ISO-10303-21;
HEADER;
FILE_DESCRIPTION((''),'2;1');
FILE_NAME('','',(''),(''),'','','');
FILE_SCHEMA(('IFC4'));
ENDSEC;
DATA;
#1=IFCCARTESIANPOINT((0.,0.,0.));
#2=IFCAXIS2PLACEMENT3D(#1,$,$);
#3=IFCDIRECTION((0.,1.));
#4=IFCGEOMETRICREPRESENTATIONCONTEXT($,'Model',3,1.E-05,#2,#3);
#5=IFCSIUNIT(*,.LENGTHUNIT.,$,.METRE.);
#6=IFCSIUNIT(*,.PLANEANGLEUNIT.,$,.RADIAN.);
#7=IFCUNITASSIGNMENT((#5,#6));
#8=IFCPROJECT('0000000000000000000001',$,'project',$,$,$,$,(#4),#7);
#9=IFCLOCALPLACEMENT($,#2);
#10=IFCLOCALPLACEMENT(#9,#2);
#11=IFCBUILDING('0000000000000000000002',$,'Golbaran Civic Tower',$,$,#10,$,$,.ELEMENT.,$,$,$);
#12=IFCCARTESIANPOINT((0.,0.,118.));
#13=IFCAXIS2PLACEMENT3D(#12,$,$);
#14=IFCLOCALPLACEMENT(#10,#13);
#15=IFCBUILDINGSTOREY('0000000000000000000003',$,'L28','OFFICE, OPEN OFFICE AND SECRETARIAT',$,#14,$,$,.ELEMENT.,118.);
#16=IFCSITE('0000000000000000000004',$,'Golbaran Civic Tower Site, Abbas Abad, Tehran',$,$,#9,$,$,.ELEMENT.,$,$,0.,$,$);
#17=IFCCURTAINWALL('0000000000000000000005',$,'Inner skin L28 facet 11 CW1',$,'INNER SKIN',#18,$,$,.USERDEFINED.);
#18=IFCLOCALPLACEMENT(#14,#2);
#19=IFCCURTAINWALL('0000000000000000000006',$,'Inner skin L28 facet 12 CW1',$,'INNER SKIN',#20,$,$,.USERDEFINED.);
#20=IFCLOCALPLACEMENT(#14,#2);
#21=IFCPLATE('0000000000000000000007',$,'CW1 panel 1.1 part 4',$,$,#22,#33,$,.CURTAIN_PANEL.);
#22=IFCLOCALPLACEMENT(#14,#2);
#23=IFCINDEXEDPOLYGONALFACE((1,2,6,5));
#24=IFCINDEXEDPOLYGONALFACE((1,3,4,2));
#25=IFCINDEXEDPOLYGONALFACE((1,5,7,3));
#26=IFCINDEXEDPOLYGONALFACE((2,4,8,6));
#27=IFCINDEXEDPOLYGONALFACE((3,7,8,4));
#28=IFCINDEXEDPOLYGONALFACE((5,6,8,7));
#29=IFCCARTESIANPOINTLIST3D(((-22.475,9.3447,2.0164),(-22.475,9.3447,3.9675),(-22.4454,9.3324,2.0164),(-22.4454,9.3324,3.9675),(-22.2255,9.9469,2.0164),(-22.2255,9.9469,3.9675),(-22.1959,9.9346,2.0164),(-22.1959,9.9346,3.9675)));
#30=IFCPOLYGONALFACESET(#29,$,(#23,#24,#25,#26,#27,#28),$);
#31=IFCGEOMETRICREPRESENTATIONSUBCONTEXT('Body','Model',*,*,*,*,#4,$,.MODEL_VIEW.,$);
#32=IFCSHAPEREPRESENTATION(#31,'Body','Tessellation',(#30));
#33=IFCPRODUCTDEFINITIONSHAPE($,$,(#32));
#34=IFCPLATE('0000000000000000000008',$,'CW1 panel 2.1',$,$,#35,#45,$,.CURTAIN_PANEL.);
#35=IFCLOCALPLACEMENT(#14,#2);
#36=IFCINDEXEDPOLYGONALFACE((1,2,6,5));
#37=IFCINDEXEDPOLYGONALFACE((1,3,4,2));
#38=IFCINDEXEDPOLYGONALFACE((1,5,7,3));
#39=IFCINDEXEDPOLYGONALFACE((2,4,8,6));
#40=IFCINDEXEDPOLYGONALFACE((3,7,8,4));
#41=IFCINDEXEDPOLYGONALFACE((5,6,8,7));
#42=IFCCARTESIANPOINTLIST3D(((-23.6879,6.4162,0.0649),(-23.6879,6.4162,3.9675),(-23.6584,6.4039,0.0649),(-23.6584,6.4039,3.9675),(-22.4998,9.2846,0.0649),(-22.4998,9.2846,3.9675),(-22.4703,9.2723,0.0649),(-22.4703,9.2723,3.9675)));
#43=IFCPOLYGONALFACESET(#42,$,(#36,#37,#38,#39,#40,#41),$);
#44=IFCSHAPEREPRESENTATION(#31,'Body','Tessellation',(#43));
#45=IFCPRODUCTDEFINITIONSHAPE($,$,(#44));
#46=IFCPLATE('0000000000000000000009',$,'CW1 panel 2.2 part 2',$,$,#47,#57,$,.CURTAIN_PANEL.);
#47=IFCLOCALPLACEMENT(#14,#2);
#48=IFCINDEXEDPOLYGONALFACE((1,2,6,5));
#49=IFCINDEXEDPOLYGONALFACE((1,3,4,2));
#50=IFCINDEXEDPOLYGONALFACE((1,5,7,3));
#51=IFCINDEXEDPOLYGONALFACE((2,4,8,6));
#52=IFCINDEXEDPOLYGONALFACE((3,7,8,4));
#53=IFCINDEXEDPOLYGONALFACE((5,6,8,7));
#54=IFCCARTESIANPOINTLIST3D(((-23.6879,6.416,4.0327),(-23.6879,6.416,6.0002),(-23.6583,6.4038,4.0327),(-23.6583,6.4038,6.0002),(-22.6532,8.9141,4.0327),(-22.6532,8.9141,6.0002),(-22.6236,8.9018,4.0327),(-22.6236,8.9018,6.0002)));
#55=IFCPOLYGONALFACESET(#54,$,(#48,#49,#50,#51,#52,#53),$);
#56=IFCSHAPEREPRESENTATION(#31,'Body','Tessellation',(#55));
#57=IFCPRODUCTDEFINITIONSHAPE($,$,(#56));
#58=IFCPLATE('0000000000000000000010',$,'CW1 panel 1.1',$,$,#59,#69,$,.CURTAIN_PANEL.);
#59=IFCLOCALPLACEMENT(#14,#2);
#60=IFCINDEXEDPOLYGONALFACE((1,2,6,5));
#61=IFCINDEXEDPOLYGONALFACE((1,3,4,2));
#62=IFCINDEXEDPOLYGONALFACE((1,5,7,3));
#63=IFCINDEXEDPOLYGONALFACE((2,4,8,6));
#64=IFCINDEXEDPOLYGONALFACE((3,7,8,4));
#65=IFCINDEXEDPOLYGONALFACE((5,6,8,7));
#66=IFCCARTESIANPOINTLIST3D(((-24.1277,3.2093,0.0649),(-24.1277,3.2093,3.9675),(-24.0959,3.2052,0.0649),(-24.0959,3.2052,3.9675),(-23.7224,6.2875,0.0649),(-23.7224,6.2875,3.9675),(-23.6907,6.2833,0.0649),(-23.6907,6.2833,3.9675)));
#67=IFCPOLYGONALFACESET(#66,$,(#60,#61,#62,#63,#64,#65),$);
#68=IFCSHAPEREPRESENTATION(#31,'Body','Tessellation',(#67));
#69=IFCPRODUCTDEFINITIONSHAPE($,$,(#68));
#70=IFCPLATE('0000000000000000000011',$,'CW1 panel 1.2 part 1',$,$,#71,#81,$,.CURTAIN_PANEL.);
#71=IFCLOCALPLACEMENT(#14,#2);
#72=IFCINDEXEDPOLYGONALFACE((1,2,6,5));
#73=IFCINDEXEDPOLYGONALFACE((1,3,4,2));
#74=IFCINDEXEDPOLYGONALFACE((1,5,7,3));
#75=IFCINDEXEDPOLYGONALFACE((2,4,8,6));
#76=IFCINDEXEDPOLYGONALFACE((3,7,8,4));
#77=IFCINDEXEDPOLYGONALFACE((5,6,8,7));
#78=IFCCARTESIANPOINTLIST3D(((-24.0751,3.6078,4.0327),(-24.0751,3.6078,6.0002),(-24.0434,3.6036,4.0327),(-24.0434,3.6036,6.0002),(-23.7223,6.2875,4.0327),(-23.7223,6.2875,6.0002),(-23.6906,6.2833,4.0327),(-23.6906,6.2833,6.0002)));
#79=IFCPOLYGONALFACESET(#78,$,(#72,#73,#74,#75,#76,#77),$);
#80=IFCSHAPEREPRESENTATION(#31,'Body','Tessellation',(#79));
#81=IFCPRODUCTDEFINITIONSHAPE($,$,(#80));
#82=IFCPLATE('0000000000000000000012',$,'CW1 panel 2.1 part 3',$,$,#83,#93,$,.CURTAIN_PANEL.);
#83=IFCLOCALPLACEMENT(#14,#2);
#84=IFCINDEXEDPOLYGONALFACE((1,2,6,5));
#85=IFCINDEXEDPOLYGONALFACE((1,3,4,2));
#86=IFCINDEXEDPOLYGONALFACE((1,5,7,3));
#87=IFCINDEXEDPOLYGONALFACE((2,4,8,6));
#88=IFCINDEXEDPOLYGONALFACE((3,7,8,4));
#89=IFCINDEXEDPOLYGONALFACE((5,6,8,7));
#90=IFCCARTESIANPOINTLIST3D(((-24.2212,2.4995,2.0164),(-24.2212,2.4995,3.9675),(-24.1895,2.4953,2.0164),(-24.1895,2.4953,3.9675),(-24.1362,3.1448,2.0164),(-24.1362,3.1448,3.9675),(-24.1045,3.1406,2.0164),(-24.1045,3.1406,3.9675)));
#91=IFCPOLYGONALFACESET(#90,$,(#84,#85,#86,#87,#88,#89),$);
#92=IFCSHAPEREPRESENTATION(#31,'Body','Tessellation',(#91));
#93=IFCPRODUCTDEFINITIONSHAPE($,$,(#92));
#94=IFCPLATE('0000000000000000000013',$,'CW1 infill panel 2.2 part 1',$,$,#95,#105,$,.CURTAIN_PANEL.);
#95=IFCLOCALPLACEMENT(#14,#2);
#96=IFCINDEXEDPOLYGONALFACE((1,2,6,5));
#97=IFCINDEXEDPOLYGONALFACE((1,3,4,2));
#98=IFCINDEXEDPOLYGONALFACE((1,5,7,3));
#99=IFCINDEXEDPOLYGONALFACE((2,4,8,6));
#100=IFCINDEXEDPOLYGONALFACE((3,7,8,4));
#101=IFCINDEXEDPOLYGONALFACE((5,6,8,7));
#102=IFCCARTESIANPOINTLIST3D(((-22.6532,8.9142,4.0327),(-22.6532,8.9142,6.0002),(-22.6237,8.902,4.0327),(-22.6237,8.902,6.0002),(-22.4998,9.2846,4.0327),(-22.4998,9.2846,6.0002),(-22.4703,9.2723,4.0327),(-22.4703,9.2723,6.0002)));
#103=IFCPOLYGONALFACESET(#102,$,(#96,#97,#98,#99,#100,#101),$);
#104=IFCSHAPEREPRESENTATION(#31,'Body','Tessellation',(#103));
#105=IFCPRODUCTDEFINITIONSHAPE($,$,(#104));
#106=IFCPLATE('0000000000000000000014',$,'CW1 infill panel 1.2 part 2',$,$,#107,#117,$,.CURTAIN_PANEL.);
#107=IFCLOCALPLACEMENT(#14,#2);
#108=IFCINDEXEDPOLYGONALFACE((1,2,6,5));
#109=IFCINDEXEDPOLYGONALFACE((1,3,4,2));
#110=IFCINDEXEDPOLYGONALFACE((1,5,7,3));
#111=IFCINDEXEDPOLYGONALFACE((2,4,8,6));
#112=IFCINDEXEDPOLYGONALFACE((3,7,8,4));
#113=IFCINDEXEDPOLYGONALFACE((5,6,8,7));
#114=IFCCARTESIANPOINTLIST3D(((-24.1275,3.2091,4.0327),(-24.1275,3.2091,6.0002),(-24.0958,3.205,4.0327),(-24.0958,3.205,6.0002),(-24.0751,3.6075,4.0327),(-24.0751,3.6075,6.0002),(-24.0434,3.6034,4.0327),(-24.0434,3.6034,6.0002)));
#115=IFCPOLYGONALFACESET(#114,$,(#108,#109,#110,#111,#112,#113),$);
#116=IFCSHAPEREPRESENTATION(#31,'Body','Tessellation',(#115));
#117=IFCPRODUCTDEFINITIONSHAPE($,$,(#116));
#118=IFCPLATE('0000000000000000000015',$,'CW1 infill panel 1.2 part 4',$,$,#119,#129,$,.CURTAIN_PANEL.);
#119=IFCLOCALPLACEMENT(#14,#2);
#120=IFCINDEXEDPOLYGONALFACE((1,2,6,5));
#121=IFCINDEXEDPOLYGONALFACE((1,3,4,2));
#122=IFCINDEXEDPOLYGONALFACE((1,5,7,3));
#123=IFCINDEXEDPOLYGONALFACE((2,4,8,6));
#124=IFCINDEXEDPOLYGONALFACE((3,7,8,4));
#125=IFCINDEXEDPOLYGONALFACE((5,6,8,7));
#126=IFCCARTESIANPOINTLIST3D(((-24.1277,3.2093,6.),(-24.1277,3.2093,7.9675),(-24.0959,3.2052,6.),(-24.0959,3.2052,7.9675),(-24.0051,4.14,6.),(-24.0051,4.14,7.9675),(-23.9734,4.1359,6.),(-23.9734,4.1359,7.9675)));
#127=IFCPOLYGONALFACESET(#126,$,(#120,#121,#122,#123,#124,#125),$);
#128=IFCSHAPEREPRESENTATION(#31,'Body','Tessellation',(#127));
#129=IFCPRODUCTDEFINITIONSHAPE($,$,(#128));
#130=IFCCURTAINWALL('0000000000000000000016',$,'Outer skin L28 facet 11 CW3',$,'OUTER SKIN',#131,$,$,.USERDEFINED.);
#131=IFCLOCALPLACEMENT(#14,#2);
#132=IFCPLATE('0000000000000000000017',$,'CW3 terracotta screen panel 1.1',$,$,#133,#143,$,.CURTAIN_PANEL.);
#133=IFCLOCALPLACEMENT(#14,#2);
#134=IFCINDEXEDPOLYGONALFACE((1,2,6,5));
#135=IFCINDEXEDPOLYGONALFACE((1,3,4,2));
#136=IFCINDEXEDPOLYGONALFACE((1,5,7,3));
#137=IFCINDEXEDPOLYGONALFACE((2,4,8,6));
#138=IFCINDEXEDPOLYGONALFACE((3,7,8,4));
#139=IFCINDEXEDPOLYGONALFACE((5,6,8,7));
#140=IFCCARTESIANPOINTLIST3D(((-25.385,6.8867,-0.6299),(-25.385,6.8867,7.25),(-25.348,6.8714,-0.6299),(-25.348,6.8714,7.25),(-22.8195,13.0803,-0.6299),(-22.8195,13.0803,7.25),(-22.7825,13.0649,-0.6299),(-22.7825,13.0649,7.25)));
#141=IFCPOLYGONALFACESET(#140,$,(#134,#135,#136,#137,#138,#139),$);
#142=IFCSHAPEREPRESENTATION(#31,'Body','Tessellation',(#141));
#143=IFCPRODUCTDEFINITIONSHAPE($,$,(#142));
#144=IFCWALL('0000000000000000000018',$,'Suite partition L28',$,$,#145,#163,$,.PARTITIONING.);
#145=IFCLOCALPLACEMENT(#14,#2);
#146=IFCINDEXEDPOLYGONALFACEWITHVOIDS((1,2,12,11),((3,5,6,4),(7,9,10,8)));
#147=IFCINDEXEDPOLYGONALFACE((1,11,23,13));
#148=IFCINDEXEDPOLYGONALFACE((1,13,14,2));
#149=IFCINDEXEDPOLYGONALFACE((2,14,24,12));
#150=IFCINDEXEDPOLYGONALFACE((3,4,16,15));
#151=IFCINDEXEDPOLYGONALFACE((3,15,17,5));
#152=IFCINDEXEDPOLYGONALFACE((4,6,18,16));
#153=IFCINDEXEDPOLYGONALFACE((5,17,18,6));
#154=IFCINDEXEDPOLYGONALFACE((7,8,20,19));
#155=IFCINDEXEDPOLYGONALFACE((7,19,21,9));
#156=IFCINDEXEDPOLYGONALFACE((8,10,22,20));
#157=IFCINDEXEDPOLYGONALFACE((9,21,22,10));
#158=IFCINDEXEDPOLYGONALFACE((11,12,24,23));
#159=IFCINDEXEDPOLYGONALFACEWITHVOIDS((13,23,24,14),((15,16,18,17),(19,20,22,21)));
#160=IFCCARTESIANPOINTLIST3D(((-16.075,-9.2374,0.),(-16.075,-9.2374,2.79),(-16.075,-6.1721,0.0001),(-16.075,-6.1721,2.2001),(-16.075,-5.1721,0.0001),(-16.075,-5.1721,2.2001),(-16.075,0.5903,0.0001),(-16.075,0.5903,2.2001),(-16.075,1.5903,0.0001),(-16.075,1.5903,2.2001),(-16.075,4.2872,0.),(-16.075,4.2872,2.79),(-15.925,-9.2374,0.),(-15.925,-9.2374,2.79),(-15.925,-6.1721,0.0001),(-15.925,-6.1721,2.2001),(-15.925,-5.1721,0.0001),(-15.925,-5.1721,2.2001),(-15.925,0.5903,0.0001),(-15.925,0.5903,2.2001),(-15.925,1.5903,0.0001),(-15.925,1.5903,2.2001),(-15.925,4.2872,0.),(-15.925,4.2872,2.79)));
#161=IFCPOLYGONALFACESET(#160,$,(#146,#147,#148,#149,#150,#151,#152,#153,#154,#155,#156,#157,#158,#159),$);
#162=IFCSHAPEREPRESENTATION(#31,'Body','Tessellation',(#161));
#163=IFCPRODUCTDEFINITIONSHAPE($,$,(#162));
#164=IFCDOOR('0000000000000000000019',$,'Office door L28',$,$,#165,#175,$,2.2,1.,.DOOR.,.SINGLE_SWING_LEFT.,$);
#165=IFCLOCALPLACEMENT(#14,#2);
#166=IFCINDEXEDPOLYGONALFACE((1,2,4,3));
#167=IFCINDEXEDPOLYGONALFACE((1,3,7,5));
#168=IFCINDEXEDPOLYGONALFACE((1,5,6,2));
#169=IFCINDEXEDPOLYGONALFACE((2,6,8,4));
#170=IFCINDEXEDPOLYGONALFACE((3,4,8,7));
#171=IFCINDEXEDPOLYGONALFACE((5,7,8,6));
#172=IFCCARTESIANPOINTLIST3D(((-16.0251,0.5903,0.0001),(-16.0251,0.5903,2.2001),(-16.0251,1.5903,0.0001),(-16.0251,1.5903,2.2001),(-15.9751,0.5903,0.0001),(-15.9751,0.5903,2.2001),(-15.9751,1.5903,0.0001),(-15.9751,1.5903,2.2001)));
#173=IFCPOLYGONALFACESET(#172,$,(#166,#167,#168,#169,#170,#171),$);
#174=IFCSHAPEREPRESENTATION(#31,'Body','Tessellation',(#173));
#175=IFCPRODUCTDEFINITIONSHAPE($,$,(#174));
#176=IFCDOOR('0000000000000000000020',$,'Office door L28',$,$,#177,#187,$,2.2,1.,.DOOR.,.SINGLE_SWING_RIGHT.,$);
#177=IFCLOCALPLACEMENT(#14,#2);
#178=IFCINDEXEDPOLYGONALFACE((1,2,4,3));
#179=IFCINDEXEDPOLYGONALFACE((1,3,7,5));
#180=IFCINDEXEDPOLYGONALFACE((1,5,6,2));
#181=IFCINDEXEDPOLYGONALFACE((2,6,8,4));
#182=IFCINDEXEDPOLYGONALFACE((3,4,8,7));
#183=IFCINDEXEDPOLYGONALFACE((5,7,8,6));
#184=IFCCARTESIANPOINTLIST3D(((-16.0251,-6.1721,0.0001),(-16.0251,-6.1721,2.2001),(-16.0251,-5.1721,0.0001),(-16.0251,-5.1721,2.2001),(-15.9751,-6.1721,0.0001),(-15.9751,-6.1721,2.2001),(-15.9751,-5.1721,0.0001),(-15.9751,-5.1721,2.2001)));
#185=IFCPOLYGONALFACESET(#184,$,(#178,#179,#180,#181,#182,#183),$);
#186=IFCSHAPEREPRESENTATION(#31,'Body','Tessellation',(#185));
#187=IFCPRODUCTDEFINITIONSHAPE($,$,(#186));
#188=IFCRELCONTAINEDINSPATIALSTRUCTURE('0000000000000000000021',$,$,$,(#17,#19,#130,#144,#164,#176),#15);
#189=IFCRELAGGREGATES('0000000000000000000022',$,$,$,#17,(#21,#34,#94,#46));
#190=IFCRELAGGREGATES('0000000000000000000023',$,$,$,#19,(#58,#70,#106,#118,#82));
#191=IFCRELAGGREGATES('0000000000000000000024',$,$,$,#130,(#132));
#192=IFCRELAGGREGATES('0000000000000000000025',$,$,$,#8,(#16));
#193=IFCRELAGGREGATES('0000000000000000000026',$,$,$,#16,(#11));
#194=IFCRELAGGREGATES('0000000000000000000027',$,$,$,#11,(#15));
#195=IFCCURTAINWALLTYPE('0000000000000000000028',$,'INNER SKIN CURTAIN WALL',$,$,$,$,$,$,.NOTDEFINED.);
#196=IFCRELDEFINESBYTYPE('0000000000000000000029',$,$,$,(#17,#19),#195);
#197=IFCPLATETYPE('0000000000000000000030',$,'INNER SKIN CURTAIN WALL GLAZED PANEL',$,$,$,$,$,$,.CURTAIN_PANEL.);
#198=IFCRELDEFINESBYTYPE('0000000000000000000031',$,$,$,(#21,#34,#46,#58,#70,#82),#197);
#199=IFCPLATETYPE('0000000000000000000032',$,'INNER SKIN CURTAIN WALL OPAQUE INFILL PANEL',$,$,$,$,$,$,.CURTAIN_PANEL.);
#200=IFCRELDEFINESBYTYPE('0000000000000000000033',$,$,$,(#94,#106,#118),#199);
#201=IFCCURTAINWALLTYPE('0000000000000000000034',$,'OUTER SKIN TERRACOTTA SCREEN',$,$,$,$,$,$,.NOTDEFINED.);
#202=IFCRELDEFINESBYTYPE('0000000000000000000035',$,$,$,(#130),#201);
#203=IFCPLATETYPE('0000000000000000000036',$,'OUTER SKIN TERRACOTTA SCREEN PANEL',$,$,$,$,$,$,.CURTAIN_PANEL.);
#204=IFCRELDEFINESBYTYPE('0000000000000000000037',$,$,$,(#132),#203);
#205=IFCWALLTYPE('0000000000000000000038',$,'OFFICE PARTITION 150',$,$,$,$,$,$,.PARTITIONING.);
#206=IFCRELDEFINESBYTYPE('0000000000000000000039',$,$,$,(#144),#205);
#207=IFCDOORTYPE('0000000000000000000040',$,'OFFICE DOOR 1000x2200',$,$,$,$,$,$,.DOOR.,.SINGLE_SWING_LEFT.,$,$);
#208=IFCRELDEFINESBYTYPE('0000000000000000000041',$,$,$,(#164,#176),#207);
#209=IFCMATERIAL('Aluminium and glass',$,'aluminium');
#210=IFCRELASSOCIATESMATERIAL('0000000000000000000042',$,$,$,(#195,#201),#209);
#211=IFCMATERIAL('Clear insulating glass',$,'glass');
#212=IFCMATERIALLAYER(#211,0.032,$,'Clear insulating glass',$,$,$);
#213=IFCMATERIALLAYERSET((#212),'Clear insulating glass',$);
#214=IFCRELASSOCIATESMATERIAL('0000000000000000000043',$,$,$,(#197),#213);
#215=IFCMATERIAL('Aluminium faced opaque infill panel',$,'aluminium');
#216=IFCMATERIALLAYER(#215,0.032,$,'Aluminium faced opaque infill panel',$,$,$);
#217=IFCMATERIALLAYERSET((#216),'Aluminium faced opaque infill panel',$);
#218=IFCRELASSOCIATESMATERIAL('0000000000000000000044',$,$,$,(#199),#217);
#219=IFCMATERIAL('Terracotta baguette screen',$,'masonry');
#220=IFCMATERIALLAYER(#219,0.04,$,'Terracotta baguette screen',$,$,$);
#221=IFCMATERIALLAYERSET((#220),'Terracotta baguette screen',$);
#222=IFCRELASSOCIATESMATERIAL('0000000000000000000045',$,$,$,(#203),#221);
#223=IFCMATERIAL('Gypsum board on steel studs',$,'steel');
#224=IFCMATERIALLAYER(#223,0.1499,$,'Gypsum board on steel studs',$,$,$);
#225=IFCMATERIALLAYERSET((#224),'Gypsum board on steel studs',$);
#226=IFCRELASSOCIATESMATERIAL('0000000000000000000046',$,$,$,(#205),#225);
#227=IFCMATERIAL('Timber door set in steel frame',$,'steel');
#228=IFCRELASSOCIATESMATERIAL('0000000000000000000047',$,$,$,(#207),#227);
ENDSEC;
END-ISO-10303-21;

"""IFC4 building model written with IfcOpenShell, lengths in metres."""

from ifc_helpers import new_model, si_unit, direction, frame, frame_2d, origin, origin_2d, place, context, subcontext, project, spatial, rectangle, extrude, material, layer, layer_set, type_object, element, fill, aggregate, save


model = new_model("IFC4")

# Units and contexts
model_context = context("Model", 3, precision=1e-05, world=origin(), true_north=direction((0.0, 1.0)))
body_context = subcontext(model_context, "Body", "Model", "MODEL_VIEW")
ifc_project = project(units=[si_unit("LENGTHUNIT", "METRE"), si_unit("PLANEANGLEUNIT", "RADIAN")], contexts=[model_context])

# Site, building, storey
site_placement = place(None, origin())
site = spatial("IfcSite", under=ifc_project, at=site_placement, Name="Golbaran Civic Tower Site, Abbas Abad, Tehran", CompositionType="ELEMENT", RefElevation=0.0)
building_placement = place(site_placement, origin())
building = spatial("IfcBuilding", under=site, at=building_placement, Name="Golbaran Civic Tower", CompositionType="ELEMENT")
storey_placement = place(building_placement, frame((0.0, 0.0, 118.0)))
storey = spatial("IfcBuildingStorey", under=building, at=storey_placement, Name="L28", Description="OFFICE, OPEN OFFICE AND SECRETARIAT", CompositionType="ELEMENT", Elevation=118.0)

# Curtain walls
ifc_material_1 = material(Name="Aluminium and glass", Category="aluminium")
curtain_wall_type_1 = type_object("IfcCurtainWallType", Name="INNER SKIN CURTAIN WALL", PredefinedType="NOTDEFINED", material=ifc_material_1)
curtain_wall_1_placement = place(storey_placement, origin())
curtain_wall_1 = element("IfcCurtainWall", 1, at=curtain_wall_1_placement, inside=storey, type_object=curtain_wall_type_1, Name="Inner skin L28 facet 11 CW1", ObjectType="INNER SKIN", PredefinedType="USERDEFINED")
curtain_wall_2_placement = place(storey_placement, origin())
curtain_wall_2 = element("IfcCurtainWall", 2, at=curtain_wall_2_placement, inside=storey, type_object=curtain_wall_type_1, Name="Inner skin L28 facet 12 CW1", ObjectType="INNER SKIN", PredefinedType="USERDEFINED")

# Plates
ifc_material_2 = material(Name="Clear insulating glass", Category="glass")
ifc_layer_1 = layer(ifc_material_2, 0.032, Name="Clear insulating glass")
ifc_layer_set_1 = layer_set([ifc_layer_1], Name="Clear insulating glass")
plate_type_1 = type_object("IfcPlateType", Name="INNER SKIN CURTAIN WALL GLAZED PANEL", PredefinedType="CURTAIN_PANEL", material=ifc_layer_set_1)
plate_1_placement = place(storey_placement, frame((-22.3354, 9.6396, 2.0164), z_axis=(0.0, 0.0, 1.0), x_axis=(-0.382683, -0.92388, 0.0)))
plate_1 = element("IfcPlate", 3, at=plate_1_placement, type_object=plate_type_1, Name="CW1 panel 1.1 part 4", PredefinedType="CURTAIN_PANEL", context=body_context, shape_type="SweptSolid", body=[
    extrude(rectangle(XDim=0.6519, YDim=0.032, at=origin_2d()), origin(), (0.0, 0.0, 1.0), 1.9512),
])
plate_2_placement = place(storey_placement, frame((-23.0791, 7.8442, 0.0649), z_axis=(0.0, 0.0, 1.0), x_axis=(-0.382683, -0.92388, 0.0)))
plate_2 = element("IfcPlate", 4, at=plate_2_placement, type_object=plate_type_1, Name="CW1 panel 2.1", PredefinedType="CURTAIN_PANEL", context=body_context, shape_type="SweptSolid", body=[
    extrude(rectangle(XDim=3.1047, YDim=0.032, at=origin_2d()), origin(), (0.0, 0.0, 1.0), 3.9026),
])
plate_3_placement = place(storey_placement, frame((-23.1558, 7.6589, 4.0327), z_axis=(0.0, 0.0, 1.0), x_axis=(-0.382683, -0.92388, 0.0)))
plate_3 = element("IfcPlate", 5, at=plate_3_placement, type_object=plate_type_1, Name="CW1 panel 2.2 part 2", PredefinedType="CURTAIN_PANEL", context=body_context, shape_type="SweptSolid", body=[
    extrude(rectangle(XDim=2.7039, YDim=0.032, at=origin_2d()), origin(), (0.0, 0.0, 1.0), 1.9675),
])
plate_4_placement = place(storey_placement, frame((-23.9092, 4.7463, 0.0649), z_axis=(0.0, 0.0, 1.0), x_axis=(-0.130526, -0.991445, 0.0)))
plate_4 = element("IfcPlate", 6, at=plate_4_placement, type_object=plate_type_1, Name="CW1 panel 1.1", PredefinedType="CURTAIN_PANEL", context=body_context, shape_type="SweptSolid", body=[
    extrude(rectangle(XDim=3.1047, YDim=0.032, at=origin_2d()), origin(), (0.0, 0.0, 1.0), 3.9026),
])
plate_5_placement = place(storey_placement, frame((-23.8828, 4.9456, 4.0327), z_axis=(0.0, 0.0, 1.0), x_axis=(-0.130526, -0.991445, 0.0)))
plate_5 = element("IfcPlate", 7, at=plate_5_placement, type_object=plate_type_1, Name="CW1 panel 1.2 part 1", PredefinedType="CURTAIN_PANEL", context=body_context, shape_type="SweptSolid", body=[
    extrude(rectangle(XDim=2.7029, YDim=0.032, at=origin_2d()), origin(), (0.0, 0.0, 1.0), 1.9675),
])
plate_6_placement = place(storey_placement, frame((-24.1628, 2.8201, 2.0164), z_axis=(0.0, 0.0, 1.0), x_axis=(-0.130526, -0.991445, 0.0)))
plate_6 = element("IfcPlate", 8, at=plate_6_placement, type_object=plate_type_1, Name="CW1 panel 2.1 part 3", PredefinedType="CURTAIN_PANEL", context=body_context, shape_type="SweptSolid", body=[
    extrude(rectangle(XDim=0.6509, YDim=0.032, at=origin_2d()), origin(), (0.0, 0.0, 1.0), 1.9512),
])
ifc_material_3 = material(Name="Aluminium faced opaque infill panel", Category="aluminium")
ifc_layer_2 = layer(ifc_material_3, 0.032, Name="Aluminium faced opaque infill panel")
ifc_layer_set_2 = layer_set([ifc_layer_2], Name="Aluminium faced opaque infill panel")
plate_type_2 = type_object("IfcPlateType", Name="INNER SKIN CURTAIN WALL OPAQUE INFILL PANEL", PredefinedType="CURTAIN_PANEL", material=ifc_layer_set_2)
plate_7_placement = place(storey_placement, frame((-22.5618, 9.0933, 4.0327), z_axis=(0.0, 0.0, 1.0), x_axis=(-0.382683, -0.92388, 0.0)))
plate_7 = element("IfcPlate", 9, at=plate_7_placement, type_object=plate_type_2, Name="CW1 infill panel 2.2 part 1", PredefinedType="CURTAIN_PANEL", context=body_context, shape_type="SweptSolid", body=[
    extrude(rectangle(XDim=0.4009, YDim=0.032, at=origin_2d()), origin(), (0.0, 0.0, 1.0), 1.9675),
])
aggregate(curtain_wall_1, [plate_1, plate_2, plate_7, plate_3])
plate_8_placement = place(storey_placement, frame((-24.0854, 3.4062, 4.0327), z_axis=(0.0, 0.0, 1.0), x_axis=(-0.130526, -0.991445, 0.0)))
plate_8 = element("IfcPlate", 10, at=plate_8_placement, type_object=plate_type_2, Name="CW1 infill panel 1.2 part 2", PredefinedType="CURTAIN_PANEL", context=body_context, shape_type="SweptSolid", body=[
    extrude(rectangle(XDim=0.4019, YDim=0.032, at=origin_2d()), origin(), (0.0, 0.0, 1.0), 1.9675),
])
plate_9_placement = place(storey_placement, frame((-24.0505, 3.6726, 6.0), z_axis=(0.0, 0.0, 1.0), x_axis=(-0.130526, -0.991445, 0.0)))
plate_9 = element("IfcPlate", 11, at=plate_9_placement, type_object=plate_type_2, Name="CW1 infill panel 1.2 part 4", PredefinedType="CURTAIN_PANEL", context=body_context, shape_type="SweptSolid", body=[
    extrude(rectangle(XDim=0.9387, YDim=0.032, at=origin_2d()), origin(), (0.0, 0.0, 1.0), 1.9675),
])
aggregate(curtain_wall_2, [plate_4, plate_5, plate_8, plate_9, plate_6])

# Curtain wall, plate
curtain_wall_type_2 = type_object("IfcCurtainWallType", Name="OUTER SKIN TERRACOTTA SCREEN", PredefinedType="NOTDEFINED", material=ifc_material_1)
curtain_wall_3_placement = place(storey_placement, origin())
curtain_wall_3 = element("IfcCurtainWall", 12, at=curtain_wall_3_placement, inside=storey, type_object=curtain_wall_type_2, Name="Outer skin L28 facet 11 CW3", ObjectType="OUTER SKIN", PredefinedType="USERDEFINED")
ifc_material_4 = material(Name="Terracotta baguette screen", Category="masonry")
ifc_layer_3 = layer(ifc_material_4, 0.04, Name="Terracotta baguette screen")
ifc_layer_set_3 = layer_set([ifc_layer_3], Name="Terracotta baguette screen")
plate_type_3 = type_object("IfcPlateType", Name="OUTER SKIN TERRACOTTA SCREEN PANEL", PredefinedType="CURTAIN_PANEL", material=ifc_layer_set_3)
plate_10_placement = place(storey_placement, frame((-24.0837, 9.9758, -0.6299), z_axis=(0.0, 0.0, 1.0), x_axis=(-0.382683, -0.92388, 0.0)))
plate_10 = element("IfcPlate", 13, at=plate_10_placement, type_object=plate_type_3, Name="CW3 terracotta screen panel 1.1", PredefinedType="CURTAIN_PANEL", context=body_context, shape_type="SweptSolid", body=[
    extrude(rectangle(XDim=6.7039, YDim=0.04, at=origin_2d()), origin(), (0.0, 0.0, 1.0), 7.8799),
])
aggregate(curtain_wall_3, [plate_10])

# Wall, openings, doors
ifc_material_5 = material(Name="Gypsum board on steel studs", Category="steel")
ifc_layer_4 = layer(ifc_material_5, 0.1499, Name="Gypsum board on steel studs")
ifc_layer_set_4 = layer_set([ifc_layer_4], Name="Gypsum board on steel studs")
wall_type = type_object("IfcWallType", Name="OFFICE PARTITION 150", PredefinedType="PARTITIONING", material=ifc_layer_set_4)
wall_placement = place(storey_placement, frame((-16.0, 4.2871, 0.0), z_axis=(0.0, 0.0, 1.0), x_axis=(0.0, -1.0, 0.0)))
wall = element("IfcWall", 14, at=wall_placement, inside=storey, type_object=wall_type, Name="Suite partition L28", PredefinedType="PARTITIONING", context=body_context, shape_type="SweptSolid", body=[
    extrude(rectangle(XDim=13.5247, YDim=0.1499, at=frame_2d((6.7622, 0.0))), origin(), (0.0, 0.0, 1.0), 2.79),
])
opening_1_placement = place(wall_placement, frame((2.6968, 0.0, 0.0)))
opening_1 = element("IfcOpeningElement", 15, at=opening_1_placement, cuts=wall, PredefinedType="OPENING", context=body_context, shape_type="SweptSolid", body=[
    extrude(rectangle(XDim=1.0, YDim=2.2, at=frame_2d((0.5, 1.1001))), frame((0.0, 0.085, 0.0), z_axis=(0.0, -1.0, 0.0), x_axis=(1.0, 0.0, 0.0)), (0.0, 0.0, 1.0), 0.1699),
])
opening_2_placement = place(wall_placement, frame((9.4592, 0.0, 0.0)))
opening_2 = element("IfcOpeningElement", 16, at=opening_2_placement, cuts=wall, PredefinedType="OPENING", context=body_context, shape_type="SweptSolid", body=[
    extrude(rectangle(XDim=1.0, YDim=2.2, at=frame_2d((0.5, 1.1001))), frame((0.0, 0.085, 0.0), z_axis=(0.0, -1.0, 0.0), x_axis=(1.0, 0.0, 0.0)), (0.0, 0.0, 1.0), 0.1699),
])
ifc_material_6 = material(Name="Timber door set in steel frame", Category="steel")
door_type = type_object("IfcDoorType", Name="OFFICE DOOR 1000x2200", OperationType="SINGLE_SWING_LEFT", PredefinedType="DOOR", material=ifc_material_6)
door_1_placement = place(opening_1_placement, origin())
door_1 = element("IfcDoor", 17, at=door_1_placement, inside=storey, type_object=door_type, Name="Office door L28", OperationType="SINGLE_SWING_LEFT", OverallHeight=2.2, OverallWidth=1.0, PredefinedType="DOOR", context=body_context, shape_type="SweptSolid", body=[
    extrude(rectangle(XDim=1.0, YDim=2.2, at=frame_2d((0.5, 1.1001))), frame((0.0, 0.0249, 0.0), z_axis=(0.0, -1.0, 0.0), x_axis=(1.0, 0.0, 0.0)), (0.0, 0.0, 1.0), 0.05),
])
fill(opening_1, door_1)
door_2_placement = place(opening_2_placement, origin())
door_2 = element("IfcDoor", 18, at=door_2_placement, inside=storey, type_object=door_type, Name="Office door L28", OperationType="SINGLE_SWING_RIGHT", OverallHeight=2.2, OverallWidth=1.0, PredefinedType="DOOR", context=body_context, shape_type="SweptSolid", body=[
    extrude(rectangle(XDim=1.0, YDim=2.2, at=frame_2d((0.5, 1.1001))), frame((0.0, 0.0249, 0.0), z_axis=(0.0, -1.0, 0.0), x_axis=(1.0, 0.0, 0.0)), (0.0, 0.0, 1.0), 0.05),
])
fill(opening_2, door_2)

save(model, "model.ifc")
